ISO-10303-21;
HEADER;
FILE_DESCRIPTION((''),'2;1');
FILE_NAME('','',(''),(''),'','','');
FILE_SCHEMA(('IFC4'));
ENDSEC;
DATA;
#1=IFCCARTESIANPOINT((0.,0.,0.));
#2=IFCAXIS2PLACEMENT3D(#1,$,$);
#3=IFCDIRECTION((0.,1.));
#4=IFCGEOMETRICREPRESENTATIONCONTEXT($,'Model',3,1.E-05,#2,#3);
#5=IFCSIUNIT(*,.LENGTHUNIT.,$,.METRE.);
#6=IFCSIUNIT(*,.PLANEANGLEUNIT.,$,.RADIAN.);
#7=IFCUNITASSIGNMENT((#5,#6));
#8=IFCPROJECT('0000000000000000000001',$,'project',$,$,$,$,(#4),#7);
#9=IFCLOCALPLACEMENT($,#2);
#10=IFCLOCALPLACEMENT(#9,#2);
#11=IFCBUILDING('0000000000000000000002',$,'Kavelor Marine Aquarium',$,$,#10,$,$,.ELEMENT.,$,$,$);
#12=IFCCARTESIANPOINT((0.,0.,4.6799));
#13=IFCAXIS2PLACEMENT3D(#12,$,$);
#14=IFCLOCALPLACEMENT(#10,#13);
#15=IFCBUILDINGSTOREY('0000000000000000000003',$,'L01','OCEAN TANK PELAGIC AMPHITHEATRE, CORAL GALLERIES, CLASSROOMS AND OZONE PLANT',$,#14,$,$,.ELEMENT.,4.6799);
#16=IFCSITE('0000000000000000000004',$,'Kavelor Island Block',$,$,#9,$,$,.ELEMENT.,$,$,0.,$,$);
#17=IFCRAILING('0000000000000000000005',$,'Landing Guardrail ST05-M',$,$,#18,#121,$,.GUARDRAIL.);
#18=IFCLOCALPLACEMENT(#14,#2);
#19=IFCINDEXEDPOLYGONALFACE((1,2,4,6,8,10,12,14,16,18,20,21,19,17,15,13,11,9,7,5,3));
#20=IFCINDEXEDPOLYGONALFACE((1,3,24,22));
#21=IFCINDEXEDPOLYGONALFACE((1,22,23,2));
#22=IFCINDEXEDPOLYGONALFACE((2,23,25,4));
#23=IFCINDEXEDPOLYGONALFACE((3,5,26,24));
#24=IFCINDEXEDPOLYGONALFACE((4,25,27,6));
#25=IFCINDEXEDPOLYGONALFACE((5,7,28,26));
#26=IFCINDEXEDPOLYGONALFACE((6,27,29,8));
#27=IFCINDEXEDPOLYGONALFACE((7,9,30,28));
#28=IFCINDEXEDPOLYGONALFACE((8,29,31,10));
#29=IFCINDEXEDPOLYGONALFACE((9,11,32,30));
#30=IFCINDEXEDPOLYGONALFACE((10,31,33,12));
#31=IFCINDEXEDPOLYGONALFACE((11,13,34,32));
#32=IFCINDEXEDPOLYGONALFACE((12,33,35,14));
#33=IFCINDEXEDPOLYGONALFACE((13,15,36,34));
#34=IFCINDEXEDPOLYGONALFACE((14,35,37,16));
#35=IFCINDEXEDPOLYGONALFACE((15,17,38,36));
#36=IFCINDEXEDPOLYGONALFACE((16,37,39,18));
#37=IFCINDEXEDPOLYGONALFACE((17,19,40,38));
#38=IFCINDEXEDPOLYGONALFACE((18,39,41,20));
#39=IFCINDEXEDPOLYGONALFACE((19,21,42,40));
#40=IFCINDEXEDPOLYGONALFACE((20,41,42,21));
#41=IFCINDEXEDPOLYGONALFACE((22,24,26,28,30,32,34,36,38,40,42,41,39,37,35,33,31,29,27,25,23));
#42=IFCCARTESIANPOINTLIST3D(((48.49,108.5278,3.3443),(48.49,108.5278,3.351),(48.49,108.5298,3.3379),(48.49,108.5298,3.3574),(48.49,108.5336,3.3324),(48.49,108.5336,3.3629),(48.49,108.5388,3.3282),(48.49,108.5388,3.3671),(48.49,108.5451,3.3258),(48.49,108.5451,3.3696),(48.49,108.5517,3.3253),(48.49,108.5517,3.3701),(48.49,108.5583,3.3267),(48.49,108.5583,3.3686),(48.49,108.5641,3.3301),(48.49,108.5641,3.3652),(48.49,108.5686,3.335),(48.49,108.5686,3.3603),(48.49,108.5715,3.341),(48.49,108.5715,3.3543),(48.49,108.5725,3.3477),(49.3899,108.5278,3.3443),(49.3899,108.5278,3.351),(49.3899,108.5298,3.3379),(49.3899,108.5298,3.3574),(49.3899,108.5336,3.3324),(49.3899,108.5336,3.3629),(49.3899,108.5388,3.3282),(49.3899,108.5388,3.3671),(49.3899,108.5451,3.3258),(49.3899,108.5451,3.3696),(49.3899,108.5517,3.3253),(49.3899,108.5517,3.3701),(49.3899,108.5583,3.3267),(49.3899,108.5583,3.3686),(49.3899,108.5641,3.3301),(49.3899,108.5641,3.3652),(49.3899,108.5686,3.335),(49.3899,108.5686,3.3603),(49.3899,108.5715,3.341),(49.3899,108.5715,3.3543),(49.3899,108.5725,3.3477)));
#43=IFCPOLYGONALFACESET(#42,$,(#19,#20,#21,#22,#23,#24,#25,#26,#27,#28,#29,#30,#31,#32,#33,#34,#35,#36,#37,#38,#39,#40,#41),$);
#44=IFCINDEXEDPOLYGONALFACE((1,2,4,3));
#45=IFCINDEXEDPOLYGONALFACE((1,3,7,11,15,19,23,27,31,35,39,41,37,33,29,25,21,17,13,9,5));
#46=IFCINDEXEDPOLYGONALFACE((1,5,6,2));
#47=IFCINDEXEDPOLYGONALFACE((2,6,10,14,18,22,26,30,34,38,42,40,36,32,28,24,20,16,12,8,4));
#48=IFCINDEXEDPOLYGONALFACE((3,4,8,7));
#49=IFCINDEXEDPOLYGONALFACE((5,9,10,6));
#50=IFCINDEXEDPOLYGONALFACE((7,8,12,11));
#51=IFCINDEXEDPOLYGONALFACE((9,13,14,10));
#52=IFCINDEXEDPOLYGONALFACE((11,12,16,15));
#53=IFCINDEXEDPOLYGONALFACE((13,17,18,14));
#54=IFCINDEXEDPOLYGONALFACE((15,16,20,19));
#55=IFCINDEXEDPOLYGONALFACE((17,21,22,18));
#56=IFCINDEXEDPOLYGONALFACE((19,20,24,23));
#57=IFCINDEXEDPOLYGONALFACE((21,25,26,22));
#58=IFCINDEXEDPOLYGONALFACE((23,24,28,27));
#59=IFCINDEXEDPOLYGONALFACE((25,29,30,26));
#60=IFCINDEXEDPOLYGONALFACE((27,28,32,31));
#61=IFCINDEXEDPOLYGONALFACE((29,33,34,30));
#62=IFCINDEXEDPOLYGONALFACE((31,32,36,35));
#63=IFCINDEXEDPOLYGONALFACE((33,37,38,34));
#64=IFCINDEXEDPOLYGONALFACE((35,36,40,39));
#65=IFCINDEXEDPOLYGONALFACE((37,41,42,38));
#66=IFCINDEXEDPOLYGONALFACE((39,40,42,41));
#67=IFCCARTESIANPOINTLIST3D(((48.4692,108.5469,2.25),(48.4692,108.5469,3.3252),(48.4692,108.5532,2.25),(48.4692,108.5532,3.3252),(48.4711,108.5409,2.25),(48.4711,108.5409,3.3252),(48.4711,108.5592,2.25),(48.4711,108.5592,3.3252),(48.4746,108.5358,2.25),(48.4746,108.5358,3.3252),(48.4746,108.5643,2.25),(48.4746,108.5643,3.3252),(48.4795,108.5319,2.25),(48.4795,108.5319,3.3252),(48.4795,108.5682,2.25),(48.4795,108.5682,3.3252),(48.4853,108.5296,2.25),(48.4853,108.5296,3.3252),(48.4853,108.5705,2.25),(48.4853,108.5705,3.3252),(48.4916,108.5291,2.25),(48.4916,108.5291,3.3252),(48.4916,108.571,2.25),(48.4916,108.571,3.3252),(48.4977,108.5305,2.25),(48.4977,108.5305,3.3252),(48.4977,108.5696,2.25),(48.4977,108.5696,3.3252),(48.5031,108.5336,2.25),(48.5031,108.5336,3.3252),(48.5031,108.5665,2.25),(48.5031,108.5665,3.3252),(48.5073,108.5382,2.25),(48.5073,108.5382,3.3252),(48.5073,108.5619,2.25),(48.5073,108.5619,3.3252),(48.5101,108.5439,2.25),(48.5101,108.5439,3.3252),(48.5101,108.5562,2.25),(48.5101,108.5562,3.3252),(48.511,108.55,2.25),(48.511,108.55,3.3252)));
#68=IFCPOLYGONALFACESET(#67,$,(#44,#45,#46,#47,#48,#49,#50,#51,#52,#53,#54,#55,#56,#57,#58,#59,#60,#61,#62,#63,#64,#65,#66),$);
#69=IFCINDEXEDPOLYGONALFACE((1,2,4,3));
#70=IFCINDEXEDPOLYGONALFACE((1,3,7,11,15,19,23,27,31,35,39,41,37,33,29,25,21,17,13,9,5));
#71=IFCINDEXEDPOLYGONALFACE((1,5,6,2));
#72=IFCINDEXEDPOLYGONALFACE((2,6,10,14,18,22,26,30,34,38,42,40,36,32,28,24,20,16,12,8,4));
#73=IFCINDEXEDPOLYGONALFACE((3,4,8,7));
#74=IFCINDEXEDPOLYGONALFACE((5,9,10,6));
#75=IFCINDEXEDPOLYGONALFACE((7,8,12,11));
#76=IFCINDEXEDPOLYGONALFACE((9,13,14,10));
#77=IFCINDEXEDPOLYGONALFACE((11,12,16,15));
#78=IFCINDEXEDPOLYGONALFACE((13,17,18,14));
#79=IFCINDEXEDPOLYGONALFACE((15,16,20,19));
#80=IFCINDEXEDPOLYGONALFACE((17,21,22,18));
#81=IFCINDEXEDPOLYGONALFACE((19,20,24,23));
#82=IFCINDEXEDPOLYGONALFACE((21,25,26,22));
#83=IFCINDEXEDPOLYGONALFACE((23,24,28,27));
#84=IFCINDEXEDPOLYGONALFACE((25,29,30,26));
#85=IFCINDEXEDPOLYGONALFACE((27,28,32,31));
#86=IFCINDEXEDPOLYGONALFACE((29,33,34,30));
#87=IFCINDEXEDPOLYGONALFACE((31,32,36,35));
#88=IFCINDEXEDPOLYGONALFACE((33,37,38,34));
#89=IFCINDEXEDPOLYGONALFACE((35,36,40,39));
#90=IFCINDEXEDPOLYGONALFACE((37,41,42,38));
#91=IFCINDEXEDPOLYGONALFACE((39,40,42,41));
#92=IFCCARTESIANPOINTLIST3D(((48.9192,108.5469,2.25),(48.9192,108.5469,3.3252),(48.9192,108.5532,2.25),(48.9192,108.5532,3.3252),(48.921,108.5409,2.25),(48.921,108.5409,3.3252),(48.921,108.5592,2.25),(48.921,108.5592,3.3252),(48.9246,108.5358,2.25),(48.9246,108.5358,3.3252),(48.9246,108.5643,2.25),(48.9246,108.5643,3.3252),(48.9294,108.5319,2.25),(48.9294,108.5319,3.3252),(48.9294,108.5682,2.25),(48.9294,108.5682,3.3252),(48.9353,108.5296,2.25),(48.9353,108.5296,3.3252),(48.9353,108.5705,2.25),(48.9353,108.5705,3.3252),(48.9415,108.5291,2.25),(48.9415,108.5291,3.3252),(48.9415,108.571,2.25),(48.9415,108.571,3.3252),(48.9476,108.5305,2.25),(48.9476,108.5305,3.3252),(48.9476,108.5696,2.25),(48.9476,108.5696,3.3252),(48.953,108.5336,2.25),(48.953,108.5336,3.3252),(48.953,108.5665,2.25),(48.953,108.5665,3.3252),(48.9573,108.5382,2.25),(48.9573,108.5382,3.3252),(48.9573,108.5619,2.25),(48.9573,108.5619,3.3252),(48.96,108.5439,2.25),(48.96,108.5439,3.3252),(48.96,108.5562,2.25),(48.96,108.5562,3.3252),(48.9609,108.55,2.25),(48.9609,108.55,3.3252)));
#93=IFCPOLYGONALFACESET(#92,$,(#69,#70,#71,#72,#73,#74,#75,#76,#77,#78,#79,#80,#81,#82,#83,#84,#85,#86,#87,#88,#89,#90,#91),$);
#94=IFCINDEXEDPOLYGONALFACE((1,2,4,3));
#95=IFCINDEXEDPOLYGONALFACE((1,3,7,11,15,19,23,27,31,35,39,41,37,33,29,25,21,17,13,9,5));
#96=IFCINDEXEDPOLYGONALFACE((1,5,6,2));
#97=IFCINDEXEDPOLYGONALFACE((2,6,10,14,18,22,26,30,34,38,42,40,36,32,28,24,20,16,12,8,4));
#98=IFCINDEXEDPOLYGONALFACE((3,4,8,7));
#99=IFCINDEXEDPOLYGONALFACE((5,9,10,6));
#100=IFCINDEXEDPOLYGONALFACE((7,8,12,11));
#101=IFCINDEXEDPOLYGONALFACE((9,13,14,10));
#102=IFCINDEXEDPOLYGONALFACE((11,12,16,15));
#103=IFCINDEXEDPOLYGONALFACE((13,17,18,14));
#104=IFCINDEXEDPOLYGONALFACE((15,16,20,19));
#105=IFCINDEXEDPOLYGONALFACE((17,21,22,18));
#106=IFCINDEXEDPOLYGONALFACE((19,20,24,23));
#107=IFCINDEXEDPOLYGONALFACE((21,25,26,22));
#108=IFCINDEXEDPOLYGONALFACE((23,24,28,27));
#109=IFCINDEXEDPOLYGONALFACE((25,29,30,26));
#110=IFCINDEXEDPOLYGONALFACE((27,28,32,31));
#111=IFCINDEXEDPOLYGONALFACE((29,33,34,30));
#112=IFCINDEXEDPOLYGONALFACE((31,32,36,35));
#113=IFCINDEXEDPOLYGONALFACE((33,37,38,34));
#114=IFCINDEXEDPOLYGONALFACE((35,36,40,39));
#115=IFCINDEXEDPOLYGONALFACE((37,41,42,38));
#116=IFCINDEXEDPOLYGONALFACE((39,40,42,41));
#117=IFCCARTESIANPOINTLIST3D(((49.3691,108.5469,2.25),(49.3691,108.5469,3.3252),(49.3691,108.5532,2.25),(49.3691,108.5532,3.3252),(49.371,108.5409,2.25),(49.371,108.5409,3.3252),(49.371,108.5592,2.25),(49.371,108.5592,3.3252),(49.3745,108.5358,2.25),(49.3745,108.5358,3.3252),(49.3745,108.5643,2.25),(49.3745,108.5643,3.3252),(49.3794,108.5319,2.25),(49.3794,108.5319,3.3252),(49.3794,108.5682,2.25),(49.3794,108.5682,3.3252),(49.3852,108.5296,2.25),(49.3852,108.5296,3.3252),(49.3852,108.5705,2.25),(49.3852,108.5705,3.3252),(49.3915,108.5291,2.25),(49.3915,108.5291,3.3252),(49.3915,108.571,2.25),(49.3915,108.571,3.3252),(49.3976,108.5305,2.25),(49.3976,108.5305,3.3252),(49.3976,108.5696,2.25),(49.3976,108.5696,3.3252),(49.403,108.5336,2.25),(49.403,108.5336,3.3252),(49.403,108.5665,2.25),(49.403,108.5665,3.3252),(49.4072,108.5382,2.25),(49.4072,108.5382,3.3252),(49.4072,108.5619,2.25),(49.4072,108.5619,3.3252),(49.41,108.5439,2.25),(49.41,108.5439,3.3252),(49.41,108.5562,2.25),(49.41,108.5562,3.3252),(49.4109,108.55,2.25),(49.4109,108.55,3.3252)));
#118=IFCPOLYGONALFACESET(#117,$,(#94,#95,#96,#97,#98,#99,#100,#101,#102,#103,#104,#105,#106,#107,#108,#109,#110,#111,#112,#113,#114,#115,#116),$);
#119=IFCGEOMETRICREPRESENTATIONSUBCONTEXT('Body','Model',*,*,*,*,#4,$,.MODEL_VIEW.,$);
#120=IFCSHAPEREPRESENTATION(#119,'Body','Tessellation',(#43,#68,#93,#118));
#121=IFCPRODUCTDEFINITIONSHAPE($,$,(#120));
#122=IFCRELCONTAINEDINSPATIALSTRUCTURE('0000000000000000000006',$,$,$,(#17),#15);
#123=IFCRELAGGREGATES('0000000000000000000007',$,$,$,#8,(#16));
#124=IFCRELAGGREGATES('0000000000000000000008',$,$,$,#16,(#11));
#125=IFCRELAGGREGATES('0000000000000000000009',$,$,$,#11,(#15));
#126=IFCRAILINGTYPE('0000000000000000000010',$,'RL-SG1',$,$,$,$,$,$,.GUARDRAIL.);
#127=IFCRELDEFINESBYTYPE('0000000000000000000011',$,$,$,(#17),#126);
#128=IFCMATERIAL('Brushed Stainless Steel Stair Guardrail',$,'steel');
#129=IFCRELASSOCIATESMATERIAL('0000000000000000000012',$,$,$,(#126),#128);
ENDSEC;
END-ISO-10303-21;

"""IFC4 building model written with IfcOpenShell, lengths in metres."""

from ifc_helpers import new_model, si_unit, direction, frame, origin, origin_2d, place, context, subcontext, project, spatial, circle, extrude, material, type_object, element, save


model = new_model("IFC4")

# Units and contexts
model_context = context("Model", 3, precision=1e-05, world=origin(), true_north=direction((0.0, 1.0)))
body_context = subcontext(model_context, "Body", "Model", "MODEL_VIEW")
ifc_project = project(units=[si_unit("LENGTHUNIT", "METRE"), si_unit("PLANEANGLEUNIT", "RADIAN")], contexts=[model_context])

# Site, building, storey
site_placement = place(None, origin())
site = spatial("IfcSite", under=ifc_project, at=site_placement, Name="Kavelor Island Block", CompositionType="ELEMENT", RefElevation=0.0)
building_placement = place(site_placement, origin())
building = spatial("IfcBuilding", under=site, at=building_placement, Name="Kavelor Marine Aquarium", CompositionType="ELEMENT")
storey_placement = place(building_placement, frame((0.0, 0.0, 4.6799)))
storey = spatial("IfcBuildingStorey", under=building, at=storey_placement, Name="L01", Description="OCEAN TANK PELAGIC AMPHITHEATRE, CORAL GALLERIES, CLASSROOMS AND OZONE PLANT", CompositionType="ELEMENT", Elevation=4.6799)

# Railing
ifc_material_1 = material(Name="Brushed Stainless Steel Stair Guardrail", Category="steel")
railing_type_1 = type_object("IfcRailingType", Name="RL-SG1", PredefinedType="GUARDRAIL", material=ifc_material_1)
railing_1_placement = place(storey_placement, frame((48.49, 108.55, 2.25)))
element("IfcRailing", 1, at=railing_1_placement, inside=storey, type_object=railing_type_1, Name="Landing Guardrail ST05-M", PredefinedType="GUARDRAIL", context=body_context, shape_type="SweptSolid", body=[
    extrude(circle(Radius=0.0225, at=origin_2d()), frame((0.0, 0.0, 1.0977), z_axis=(1.0, 0.0, 0.0), x_axis=(0.0, 1.0, 0.0)), (0.0, 0.0, 1.0), 0.8999),
    extrude(circle(Radius=0.021, at=origin_2d()), origin(), (0.0, 0.0, 1.0), 1.0752),
    extrude(circle(Radius=0.021, at=origin_2d()), frame((0.45, 0.0, 0.0)), (0.0, 0.0, 1.0), 1.0752),
    extrude(circle(Radius=0.021, at=origin_2d()), frame((0.8999, 0.0, 0.0)), (0.0, 0.0, 1.0), 1.0752),
])

save(model, "model.ifc")
